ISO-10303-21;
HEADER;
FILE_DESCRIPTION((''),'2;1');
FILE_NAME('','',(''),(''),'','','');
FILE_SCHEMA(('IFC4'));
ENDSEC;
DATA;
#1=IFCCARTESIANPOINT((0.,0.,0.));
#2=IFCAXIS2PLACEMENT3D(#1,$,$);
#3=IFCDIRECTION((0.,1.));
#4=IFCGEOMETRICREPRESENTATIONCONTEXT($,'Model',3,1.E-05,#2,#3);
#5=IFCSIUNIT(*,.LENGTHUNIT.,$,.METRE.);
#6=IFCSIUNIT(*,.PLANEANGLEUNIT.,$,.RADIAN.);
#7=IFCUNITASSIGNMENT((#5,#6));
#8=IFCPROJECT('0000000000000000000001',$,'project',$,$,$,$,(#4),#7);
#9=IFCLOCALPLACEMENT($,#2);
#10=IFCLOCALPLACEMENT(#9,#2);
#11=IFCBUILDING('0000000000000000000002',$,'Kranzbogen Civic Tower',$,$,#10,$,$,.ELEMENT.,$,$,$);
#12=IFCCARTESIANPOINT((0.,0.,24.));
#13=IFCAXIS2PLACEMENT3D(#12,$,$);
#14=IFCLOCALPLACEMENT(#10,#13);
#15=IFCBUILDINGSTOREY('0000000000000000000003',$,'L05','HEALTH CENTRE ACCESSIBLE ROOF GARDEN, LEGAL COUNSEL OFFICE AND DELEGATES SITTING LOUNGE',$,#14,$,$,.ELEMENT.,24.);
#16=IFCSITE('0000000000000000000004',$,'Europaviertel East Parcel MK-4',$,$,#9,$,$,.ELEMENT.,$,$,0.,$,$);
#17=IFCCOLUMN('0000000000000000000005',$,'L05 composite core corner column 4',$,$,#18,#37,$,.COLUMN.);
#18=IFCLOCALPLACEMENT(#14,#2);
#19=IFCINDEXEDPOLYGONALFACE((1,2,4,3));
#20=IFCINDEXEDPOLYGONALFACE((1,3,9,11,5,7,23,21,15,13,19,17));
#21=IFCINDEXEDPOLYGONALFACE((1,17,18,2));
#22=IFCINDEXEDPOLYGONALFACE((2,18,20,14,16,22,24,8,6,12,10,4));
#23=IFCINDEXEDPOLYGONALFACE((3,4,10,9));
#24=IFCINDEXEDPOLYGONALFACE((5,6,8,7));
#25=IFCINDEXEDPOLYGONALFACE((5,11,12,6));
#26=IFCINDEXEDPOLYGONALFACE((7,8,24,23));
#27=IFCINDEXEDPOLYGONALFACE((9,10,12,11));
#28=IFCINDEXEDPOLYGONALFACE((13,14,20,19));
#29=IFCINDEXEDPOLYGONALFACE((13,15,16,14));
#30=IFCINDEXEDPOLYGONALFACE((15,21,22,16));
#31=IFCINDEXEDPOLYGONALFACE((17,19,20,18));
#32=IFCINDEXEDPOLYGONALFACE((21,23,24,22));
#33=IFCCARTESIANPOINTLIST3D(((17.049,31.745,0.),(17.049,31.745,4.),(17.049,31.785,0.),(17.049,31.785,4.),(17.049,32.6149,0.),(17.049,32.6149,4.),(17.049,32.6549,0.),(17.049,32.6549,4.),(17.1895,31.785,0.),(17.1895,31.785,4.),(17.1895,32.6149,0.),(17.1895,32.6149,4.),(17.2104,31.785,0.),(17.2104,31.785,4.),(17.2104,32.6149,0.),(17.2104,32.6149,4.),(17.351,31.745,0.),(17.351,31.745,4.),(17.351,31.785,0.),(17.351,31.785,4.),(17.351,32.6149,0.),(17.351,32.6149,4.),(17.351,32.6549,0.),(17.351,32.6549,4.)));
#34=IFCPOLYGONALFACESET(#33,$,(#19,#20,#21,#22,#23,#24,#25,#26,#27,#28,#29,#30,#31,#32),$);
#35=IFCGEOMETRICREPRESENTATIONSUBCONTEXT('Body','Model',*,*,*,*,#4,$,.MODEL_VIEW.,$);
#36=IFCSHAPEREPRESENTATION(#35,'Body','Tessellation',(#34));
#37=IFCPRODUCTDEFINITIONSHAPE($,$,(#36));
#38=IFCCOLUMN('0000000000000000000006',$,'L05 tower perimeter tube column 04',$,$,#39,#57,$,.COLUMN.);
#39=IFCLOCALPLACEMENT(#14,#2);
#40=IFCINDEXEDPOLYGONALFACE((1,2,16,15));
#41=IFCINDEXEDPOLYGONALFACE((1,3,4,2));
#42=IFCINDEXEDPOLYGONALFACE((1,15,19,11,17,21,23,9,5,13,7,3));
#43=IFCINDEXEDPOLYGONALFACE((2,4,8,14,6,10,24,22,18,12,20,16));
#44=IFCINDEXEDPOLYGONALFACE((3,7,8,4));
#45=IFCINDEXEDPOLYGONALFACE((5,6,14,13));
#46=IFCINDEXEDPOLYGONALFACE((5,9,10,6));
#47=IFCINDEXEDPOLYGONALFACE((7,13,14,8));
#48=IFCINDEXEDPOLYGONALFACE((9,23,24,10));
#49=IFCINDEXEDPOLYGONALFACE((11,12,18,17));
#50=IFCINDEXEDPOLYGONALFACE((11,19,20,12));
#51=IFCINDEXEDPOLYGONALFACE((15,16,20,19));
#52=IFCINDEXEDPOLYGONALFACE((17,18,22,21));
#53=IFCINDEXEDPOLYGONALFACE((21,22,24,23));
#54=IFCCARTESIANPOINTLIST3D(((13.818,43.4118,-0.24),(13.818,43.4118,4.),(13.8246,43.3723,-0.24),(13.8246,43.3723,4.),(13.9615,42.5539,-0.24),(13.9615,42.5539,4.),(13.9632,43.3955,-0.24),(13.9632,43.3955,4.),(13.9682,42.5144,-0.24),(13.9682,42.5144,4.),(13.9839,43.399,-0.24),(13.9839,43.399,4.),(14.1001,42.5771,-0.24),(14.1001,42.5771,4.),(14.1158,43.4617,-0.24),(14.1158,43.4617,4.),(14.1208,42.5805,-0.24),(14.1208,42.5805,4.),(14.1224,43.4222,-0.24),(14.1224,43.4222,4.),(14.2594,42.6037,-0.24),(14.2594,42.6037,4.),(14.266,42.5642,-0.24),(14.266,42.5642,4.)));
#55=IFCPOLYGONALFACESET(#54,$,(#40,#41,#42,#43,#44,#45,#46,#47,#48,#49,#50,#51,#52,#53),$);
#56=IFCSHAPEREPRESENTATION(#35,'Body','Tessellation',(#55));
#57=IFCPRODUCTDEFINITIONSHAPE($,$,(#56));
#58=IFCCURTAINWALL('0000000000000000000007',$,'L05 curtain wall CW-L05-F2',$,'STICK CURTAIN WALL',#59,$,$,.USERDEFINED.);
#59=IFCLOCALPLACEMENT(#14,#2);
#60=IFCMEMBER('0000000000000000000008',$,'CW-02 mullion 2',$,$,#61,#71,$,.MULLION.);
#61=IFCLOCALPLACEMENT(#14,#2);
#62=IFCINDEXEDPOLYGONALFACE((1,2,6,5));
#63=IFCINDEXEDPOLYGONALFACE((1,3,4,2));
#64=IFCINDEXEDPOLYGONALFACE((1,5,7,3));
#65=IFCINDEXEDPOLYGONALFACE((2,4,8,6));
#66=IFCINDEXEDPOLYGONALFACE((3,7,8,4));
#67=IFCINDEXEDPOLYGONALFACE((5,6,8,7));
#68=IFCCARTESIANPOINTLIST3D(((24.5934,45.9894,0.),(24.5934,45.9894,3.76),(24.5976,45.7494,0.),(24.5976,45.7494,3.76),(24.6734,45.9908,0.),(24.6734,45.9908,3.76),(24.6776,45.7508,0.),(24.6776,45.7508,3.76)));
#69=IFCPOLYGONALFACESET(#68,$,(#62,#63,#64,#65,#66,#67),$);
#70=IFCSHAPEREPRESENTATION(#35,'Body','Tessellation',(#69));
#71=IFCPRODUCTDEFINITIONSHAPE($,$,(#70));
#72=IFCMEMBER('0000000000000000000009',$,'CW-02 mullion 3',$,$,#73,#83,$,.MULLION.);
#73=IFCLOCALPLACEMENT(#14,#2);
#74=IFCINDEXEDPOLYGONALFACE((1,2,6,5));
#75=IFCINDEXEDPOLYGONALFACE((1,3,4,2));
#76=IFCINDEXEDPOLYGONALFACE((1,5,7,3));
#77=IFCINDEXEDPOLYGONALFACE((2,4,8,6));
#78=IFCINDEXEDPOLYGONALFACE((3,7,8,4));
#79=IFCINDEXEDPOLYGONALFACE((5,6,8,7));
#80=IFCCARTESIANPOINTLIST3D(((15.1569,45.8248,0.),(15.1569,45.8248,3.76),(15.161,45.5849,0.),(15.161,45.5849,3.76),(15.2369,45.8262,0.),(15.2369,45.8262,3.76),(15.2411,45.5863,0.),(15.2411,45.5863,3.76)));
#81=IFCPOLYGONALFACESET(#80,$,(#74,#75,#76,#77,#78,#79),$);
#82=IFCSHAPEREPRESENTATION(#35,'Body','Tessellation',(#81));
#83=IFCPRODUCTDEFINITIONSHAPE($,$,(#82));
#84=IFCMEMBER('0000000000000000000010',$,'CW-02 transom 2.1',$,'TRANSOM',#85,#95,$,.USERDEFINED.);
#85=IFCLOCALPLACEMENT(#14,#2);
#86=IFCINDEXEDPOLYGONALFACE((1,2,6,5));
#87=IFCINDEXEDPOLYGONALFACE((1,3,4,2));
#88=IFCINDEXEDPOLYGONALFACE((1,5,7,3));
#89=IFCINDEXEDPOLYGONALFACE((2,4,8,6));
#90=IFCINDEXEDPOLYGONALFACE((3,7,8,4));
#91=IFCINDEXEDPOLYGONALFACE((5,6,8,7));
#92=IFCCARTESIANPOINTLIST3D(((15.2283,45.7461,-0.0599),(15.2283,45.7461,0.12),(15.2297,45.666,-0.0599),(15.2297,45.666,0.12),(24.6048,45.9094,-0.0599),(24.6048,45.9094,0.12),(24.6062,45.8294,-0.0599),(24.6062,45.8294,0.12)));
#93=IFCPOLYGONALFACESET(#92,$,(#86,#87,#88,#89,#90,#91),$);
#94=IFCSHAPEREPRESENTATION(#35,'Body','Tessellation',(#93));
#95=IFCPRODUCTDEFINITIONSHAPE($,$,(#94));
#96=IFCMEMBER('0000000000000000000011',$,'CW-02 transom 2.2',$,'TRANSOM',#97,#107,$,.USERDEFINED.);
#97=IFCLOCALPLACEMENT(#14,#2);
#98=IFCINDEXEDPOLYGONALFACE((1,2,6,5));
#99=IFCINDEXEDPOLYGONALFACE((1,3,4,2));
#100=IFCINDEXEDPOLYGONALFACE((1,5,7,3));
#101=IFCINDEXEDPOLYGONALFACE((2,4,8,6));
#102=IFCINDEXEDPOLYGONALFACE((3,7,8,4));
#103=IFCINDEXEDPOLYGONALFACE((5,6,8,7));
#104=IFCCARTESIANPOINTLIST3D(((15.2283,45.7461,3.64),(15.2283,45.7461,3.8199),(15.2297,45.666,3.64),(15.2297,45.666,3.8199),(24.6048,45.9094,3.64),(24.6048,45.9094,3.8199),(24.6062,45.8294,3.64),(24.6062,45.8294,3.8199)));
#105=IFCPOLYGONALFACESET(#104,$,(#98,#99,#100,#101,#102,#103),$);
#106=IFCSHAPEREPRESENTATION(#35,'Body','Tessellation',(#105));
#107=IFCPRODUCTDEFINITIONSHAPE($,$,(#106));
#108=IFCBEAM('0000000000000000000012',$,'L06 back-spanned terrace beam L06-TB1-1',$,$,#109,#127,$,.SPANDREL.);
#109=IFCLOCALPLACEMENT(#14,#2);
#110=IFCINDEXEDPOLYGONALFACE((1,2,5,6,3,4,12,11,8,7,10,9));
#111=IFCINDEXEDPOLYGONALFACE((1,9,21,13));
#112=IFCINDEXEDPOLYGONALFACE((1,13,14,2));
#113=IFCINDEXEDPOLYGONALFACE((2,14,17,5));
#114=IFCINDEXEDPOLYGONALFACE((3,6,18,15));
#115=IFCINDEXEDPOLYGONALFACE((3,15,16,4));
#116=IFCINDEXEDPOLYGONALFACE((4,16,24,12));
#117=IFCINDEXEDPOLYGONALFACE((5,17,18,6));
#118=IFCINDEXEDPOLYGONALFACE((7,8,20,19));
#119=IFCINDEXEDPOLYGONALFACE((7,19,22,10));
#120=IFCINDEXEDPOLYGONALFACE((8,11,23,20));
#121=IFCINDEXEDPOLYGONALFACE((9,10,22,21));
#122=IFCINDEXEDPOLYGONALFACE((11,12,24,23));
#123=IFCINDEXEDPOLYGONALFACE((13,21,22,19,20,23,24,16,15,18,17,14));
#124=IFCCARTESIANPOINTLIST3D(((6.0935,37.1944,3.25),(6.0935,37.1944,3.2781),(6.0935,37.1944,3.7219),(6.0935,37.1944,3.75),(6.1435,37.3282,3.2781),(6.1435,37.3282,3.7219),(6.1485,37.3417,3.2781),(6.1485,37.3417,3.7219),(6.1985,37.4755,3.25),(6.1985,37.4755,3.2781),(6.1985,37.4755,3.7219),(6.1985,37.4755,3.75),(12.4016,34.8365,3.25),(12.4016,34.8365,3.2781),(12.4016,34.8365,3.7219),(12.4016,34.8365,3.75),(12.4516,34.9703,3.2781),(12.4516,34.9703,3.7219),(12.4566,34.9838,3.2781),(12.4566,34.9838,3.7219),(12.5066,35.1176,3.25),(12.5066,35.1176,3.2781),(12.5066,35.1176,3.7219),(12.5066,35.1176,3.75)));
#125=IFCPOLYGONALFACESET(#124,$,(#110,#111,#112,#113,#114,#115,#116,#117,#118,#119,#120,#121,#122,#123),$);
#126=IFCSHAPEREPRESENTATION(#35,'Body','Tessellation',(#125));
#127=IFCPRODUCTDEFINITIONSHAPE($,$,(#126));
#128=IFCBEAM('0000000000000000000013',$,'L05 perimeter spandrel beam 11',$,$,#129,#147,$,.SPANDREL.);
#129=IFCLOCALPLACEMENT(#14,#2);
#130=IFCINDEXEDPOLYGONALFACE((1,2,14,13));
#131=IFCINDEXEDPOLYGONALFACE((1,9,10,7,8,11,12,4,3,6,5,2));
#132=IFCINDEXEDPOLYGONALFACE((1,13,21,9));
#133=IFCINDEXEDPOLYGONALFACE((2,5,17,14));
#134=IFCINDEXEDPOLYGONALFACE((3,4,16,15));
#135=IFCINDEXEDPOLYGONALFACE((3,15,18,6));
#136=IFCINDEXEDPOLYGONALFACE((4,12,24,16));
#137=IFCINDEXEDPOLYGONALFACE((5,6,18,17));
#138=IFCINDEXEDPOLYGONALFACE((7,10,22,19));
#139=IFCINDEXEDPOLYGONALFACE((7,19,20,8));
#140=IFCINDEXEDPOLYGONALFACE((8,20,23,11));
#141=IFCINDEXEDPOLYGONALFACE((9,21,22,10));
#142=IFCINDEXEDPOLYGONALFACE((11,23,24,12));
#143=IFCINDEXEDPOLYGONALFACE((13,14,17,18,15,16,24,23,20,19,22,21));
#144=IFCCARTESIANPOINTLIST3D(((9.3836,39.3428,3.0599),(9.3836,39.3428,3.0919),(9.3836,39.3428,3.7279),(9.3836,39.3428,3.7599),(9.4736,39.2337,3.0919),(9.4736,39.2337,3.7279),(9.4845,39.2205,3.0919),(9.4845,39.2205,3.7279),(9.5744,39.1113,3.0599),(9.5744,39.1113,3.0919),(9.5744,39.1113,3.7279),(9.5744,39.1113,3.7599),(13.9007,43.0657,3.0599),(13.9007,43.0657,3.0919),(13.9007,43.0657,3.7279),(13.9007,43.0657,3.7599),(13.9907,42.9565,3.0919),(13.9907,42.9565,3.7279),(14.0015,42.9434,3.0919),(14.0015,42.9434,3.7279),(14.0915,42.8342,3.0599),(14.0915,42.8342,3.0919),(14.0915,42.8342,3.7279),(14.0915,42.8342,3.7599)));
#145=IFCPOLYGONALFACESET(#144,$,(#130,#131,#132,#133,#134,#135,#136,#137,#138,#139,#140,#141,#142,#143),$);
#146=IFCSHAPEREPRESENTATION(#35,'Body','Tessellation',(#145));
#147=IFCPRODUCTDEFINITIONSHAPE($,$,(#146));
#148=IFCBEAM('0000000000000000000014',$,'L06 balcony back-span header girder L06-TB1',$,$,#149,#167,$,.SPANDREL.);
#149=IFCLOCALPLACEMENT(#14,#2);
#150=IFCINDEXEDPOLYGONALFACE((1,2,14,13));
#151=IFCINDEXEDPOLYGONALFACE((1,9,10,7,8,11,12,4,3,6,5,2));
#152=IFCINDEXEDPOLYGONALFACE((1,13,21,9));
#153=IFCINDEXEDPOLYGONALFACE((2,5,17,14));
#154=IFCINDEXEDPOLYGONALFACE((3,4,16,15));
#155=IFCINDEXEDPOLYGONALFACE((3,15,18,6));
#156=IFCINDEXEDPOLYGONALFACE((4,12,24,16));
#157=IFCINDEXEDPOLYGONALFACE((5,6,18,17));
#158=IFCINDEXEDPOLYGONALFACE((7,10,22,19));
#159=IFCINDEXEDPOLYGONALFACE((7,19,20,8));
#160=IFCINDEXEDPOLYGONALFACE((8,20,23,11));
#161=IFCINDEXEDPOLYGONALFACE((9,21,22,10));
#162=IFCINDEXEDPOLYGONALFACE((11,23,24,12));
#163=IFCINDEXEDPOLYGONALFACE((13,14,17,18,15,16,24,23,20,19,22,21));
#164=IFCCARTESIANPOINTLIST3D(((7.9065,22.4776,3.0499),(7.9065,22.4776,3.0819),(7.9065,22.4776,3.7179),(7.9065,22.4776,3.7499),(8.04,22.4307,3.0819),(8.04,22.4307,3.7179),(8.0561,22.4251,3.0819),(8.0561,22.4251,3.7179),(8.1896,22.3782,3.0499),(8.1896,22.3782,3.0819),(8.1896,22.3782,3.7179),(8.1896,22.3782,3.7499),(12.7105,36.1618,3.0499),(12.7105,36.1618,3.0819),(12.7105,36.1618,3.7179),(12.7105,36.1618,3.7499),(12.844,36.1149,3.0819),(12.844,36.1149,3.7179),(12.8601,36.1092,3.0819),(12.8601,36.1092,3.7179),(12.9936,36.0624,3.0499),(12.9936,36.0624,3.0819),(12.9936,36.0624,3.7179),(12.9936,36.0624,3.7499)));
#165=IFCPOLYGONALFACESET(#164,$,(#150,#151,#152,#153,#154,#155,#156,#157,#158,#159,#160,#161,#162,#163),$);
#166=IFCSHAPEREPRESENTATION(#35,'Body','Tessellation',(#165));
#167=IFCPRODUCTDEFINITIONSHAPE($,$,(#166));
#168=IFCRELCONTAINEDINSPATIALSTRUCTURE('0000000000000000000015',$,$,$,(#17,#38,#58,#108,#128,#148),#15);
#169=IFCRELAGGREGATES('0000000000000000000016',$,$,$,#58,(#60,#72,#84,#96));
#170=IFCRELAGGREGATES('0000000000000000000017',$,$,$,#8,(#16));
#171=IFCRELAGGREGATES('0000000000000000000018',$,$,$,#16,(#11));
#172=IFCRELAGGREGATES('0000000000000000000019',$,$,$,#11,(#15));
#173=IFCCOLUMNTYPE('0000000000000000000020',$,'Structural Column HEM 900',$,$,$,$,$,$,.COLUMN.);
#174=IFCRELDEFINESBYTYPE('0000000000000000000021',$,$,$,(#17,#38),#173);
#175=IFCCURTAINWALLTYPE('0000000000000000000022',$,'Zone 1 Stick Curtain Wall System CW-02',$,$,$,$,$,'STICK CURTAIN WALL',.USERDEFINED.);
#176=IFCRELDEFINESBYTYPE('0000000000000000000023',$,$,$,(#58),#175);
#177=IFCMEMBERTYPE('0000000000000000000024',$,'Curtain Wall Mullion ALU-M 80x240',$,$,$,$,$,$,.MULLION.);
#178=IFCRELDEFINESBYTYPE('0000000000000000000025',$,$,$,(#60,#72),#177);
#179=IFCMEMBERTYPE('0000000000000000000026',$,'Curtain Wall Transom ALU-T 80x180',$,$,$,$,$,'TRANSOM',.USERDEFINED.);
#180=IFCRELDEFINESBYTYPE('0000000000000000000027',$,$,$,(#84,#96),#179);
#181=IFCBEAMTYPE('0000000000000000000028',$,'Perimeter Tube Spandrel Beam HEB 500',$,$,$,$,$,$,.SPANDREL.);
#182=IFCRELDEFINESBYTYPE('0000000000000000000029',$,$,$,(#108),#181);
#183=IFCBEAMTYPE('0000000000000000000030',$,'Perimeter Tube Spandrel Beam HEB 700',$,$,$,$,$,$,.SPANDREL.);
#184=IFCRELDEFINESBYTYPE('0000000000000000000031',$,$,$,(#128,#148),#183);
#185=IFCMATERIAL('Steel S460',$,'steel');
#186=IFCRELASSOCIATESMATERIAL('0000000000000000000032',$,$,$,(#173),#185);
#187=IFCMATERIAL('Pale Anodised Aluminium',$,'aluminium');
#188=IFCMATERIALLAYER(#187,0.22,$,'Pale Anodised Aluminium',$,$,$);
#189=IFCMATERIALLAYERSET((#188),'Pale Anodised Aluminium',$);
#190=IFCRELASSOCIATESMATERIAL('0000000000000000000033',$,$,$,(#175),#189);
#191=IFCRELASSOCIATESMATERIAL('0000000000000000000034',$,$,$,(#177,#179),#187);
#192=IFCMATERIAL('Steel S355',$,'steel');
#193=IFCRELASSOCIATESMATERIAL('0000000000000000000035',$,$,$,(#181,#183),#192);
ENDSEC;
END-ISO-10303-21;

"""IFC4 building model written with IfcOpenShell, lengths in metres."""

from ifc_helpers import new_model, si_unit, direction, frame, origin, origin_2d, place, context, subcontext, project, spatial, rectangle, i_section, extrude, material, layer, layer_set, material_profile, profile_set, type_object, element, aggregate, save


model = new_model("IFC4")

# Units and contexts
model_context = context("Model", 3, precision=1e-05, world=origin(), true_north=direction((0.0, 1.0)))
body_context = subcontext(model_context, "Body", "Model", "MODEL_VIEW")
ifc_project = project(units=[si_unit("LENGTHUNIT", "METRE"), si_unit("PLANEANGLEUNIT", "RADIAN")], contexts=[model_context])

# Site, building, storey
site_placement = place(None, origin())
site = spatial("IfcSite", under=ifc_project, at=site_placement, Name="Europaviertel East Parcel MK-4", CompositionType="ELEMENT", RefElevation=0.0)
building_placement = place(site_placement, origin())
building = spatial("IfcBuilding", under=site, at=building_placement, Name="Kranzbogen Civic Tower", CompositionType="ELEMENT")
storey_placement = place(building_placement, frame((0.0, 0.0, 24.0)))
storey = spatial("IfcBuildingStorey", under=building, at=storey_placement, Name="L05", Description="HEALTH CENTRE ACCESSIBLE ROOF GARDEN, LEGAL COUNSEL OFFICE AND DELEGATES SITTING LOUNGE", CompositionType="ELEMENT", Elevation=24.0)

# Columns
ifc_material_1 = material(Name="Steel S460", Category="steel")
ifc_material_profile_1 = material_profile(ifc_material_1, i_section(OverallWidth=0.302, OverallDepth=0.9099, WebThickness=0.021, FlangeThickness=0.04, at=origin_2d()), Name="HEM 900")
ifc_profile_set_1 = profile_set([ifc_material_profile_1], Name="Steel S460")
column_type = type_object("IfcColumnType", Name="Structural Column HEM 900", PredefinedType="COLUMN", material=ifc_profile_set_1)
column_1_placement = place(storey_placement, frame((17.2, 32.2, 0.0), z_axis=(0.0, 0.0, 1.0), x_axis=(1.0, 0.0, 0.0)))
element("IfcColumn", 1, at=column_1_placement, inside=storey, type_object=column_type, Name="L05 composite core corner column 4", PredefinedType="COLUMN", context=body_context, shape_type="SweptSolid", body=[
    extrude(i_section(OverallWidth=0.302, OverallDepth=0.9099, WebThickness=0.021, FlangeThickness=0.04, at=origin_2d()), origin(), (0.0, 0.0, 1.0), 4.0),
])
column_2_placement = place(storey_placement, frame((14.042, 42.988, -0.24), z_axis=(0.0, 0.0, 1.0), x_axis=(0.986286, 0.165048, 0.0)))
element("IfcColumn", 2, at=column_2_placement, inside=storey, type_object=column_type, Name="L05 tower perimeter tube column 04", PredefinedType="COLUMN", context=body_context, shape_type="SweptSolid", body=[
    extrude(i_section(OverallWidth=0.302, OverallDepth=0.9099, WebThickness=0.021, FlangeThickness=0.04, at=origin_2d()), origin(), (0.0, 0.0, 1.0), 4.24),
])

# Curtain wall, members
ifc_material_2 = material(Name="Pale Anodised Aluminium", Category="aluminium")
ifc_layer_1 = layer(ifc_material_2, 0.22, Name="Pale Anodised Aluminium")
ifc_layer_set_1 = layer_set([ifc_layer_1], Name="Pale Anodised Aluminium")
curtain_wall_type = type_object("IfcCurtainWallType", Name="Zone 1 Stick Curtain Wall System CW-02", ElementType="STICK CURTAIN WALL", PredefinedType="USERDEFINED", material=ifc_layer_set_1)
curtain_wall_placement = place(storey_placement, origin())
curtain_wall = element("IfcCurtainWall", 3, at=curtain_wall_placement, inside=storey, type_object=curtain_wall_type, Name="L05 curtain wall CW-L05-F2", ObjectType="STICK CURTAIN WALL", PredefinedType="USERDEFINED")
ifc_material_profile_2 = material_profile(ifc_material_2, rectangle(XDim=0.0801, YDim=0.24, at=origin_2d()), Name="ALU-M 80x240")
ifc_profile_set_2 = profile_set([ifc_material_profile_2], Name="Pale Anodised Aluminium")
member_type_1 = type_object("IfcMemberType", Name="Curtain Wall Mullion ALU-M 80x240", PredefinedType="MULLION", material=ifc_profile_set_2)
member_1_placement = place(storey_placement, frame((24.6355, 45.8701, 0.0), z_axis=(0.0, 0.0, 1.0), x_axis=(-0.999848, -0.017427, 0.0)))
member_1 = element("IfcMember", 4, at=member_1_placement, type_object=member_type_1, Name="CW-02 mullion 2", PredefinedType="MULLION", context=body_context, shape_type="SweptSolid", body=[
    extrude(rectangle(XDim=0.0801, YDim=0.24, at=origin_2d()), origin(), (0.0, 0.0, 1.0), 3.76),
])
member_2_placement = place(storey_placement, frame((15.199, 45.7056, 0.0), z_axis=(0.0, 0.0, 1.0), x_axis=(-0.999848, -0.017427, 0.0)))
member_2 = element("IfcMember", 5, at=member_2_placement, type_object=member_type_1, Name="CW-02 mullion 3", PredefinedType="MULLION", context=body_context, shape_type="SweptSolid", body=[
    extrude(rectangle(XDim=0.0801, YDim=0.24, at=origin_2d()), origin(), (0.0, 0.0, 1.0), 3.76),
])
ifc_material_profile_3 = material_profile(ifc_material_2, rectangle(XDim=0.0801, YDim=0.1799, at=origin_2d()), Name="ALU-T 80x180")
ifc_profile_set_3 = profile_set([ifc_material_profile_3], Name="Pale Anodised Aluminium")
member_type_2 = type_object("IfcMemberType", Name="Curtain Wall Transom ALU-T 80x180", ElementType="TRANSOM", PredefinedType="USERDEFINED", material=ifc_profile_set_3)
member_3_placement = place(storey_placement, frame((24.6055, 45.8694, 0.03), z_axis=(-0.999848, -0.017417, 0.0), x_axis=(0.017417, -0.999848, 0.0)))
member_3 = element("IfcMember", 6, at=member_3_placement, type_object=member_type_2, Name="CW-02 transom 2.1", ObjectType="TRANSOM", PredefinedType="USERDEFINED", context=body_context, shape_type="SweptSolid", body=[
    extrude(rectangle(XDim=0.0801, YDim=0.1799, at=origin_2d()), origin(), (0.0, 0.0, 1.0), 9.3779),
])
member_4_placement = place(storey_placement, frame((24.6055, 45.8694, 3.73), z_axis=(-0.999848, -0.017417, 0.0), x_axis=(0.017417, -0.999848, 0.0)))
member_4 = element("IfcMember", 7, at=member_4_placement, type_object=member_type_2, Name="CW-02 transom 2.2", ObjectType="TRANSOM", PredefinedType="USERDEFINED", context=body_context, shape_type="SweptSolid", body=[
    extrude(rectangle(XDim=0.0801, YDim=0.1799, at=origin_2d()), origin(), (0.0, 0.0, 1.0), 9.3779),
])

# Beams
ifc_material_3 = material(Name="Steel S355", Category="steel")
ifc_material_profile_4 = material_profile(ifc_material_3, i_section(OverallWidth=0.3, OverallDepth=0.5, WebThickness=0.0144, FlangeThickness=0.0281, at=origin_2d()), Name="HEB 500")
ifc_profile_set_4 = profile_set([ifc_material_profile_4], Name="Steel S355")
beam_type_1 = type_object("IfcBeamType", Name="Perimeter Tube Spandrel Beam HEB 500", PredefinedType="SPANDREL", material=ifc_profile_set_4)
beam_1_placement = place(storey_placement, frame((12.4541, 34.9771, 3.5), z_axis=(-0.936701, 0.35013, 0.0), x_axis=(-0.35013, -0.936701, 0.0)))
element("IfcBeam", 8, at=beam_1_placement, inside=storey, type_object=beam_type_1, Name="L06 back-spanned terrace beam L06-TB1-1", PredefinedType="SPANDREL", context=body_context, shape_type="SweptSolid", body=[
    extrude(i_section(OverallWidth=0.3, OverallDepth=0.5, WebThickness=0.0144, FlangeThickness=0.0281, at=origin_2d()), origin(), (0.0, 0.0, 1.0), 6.7344),
])
ifc_material_profile_5 = material_profile(ifc_material_3, i_section(OverallWidth=0.3, OverallDepth=0.7, WebThickness=0.0171, FlangeThickness=0.032, at=origin_2d()), Name="HEB 700")
ifc_profile_set_5 = profile_set([ifc_material_profile_5], Name="Steel S355")
beam_type_2 = type_object("IfcBeamType", Name="Perimeter Tube Spandrel Beam HEB 700", PredefinedType="SPANDREL", material=ifc_profile_set_5)
beam_2_placement = place(storey_placement, frame((13.9961, 42.95, 3.4099), z_axis=(-0.771683, -0.636007, 0.0), x_axis=(0.636007, -0.771683, 0.0)))
element("IfcBeam", 9, at=beam_2_placement, inside=storey, type_object=beam_type_2, Name="L05 perimeter spandrel beam 11", PredefinedType="SPANDREL", context=body_context, shape_type="SweptSolid", body=[
    extrude(i_section(OverallWidth=0.3, OverallDepth=0.7, WebThickness=0.0171, FlangeThickness=0.032, at=origin_2d()), origin(), (0.0, 0.0, 1.0), 5.8535),
])
beam_3_placement = place(storey_placement, frame((12.8521, 36.1121, 3.3999), z_axis=(-0.331243, -0.943546, 0.0), x_axis=(0.943546, -0.331243, 0.0)))
element("IfcBeam", 10, at=beam_3_placement, inside=storey, type_object=beam_type_2, Name="L06 balcony back-span header girder L06-TB1", PredefinedType="SPANDREL", context=body_context, shape_type="SweptSolid", body=[
    extrude(i_section(OverallWidth=0.3, OverallDepth=0.7, WebThickness=0.0171, FlangeThickness=0.032, at=origin_2d()), origin(), (0.0, 0.0, 1.0), 14.5029),
])

aggregate(curtain_wall, [member_1, member_2, member_3, member_4])

save(model, "model.ifc")
